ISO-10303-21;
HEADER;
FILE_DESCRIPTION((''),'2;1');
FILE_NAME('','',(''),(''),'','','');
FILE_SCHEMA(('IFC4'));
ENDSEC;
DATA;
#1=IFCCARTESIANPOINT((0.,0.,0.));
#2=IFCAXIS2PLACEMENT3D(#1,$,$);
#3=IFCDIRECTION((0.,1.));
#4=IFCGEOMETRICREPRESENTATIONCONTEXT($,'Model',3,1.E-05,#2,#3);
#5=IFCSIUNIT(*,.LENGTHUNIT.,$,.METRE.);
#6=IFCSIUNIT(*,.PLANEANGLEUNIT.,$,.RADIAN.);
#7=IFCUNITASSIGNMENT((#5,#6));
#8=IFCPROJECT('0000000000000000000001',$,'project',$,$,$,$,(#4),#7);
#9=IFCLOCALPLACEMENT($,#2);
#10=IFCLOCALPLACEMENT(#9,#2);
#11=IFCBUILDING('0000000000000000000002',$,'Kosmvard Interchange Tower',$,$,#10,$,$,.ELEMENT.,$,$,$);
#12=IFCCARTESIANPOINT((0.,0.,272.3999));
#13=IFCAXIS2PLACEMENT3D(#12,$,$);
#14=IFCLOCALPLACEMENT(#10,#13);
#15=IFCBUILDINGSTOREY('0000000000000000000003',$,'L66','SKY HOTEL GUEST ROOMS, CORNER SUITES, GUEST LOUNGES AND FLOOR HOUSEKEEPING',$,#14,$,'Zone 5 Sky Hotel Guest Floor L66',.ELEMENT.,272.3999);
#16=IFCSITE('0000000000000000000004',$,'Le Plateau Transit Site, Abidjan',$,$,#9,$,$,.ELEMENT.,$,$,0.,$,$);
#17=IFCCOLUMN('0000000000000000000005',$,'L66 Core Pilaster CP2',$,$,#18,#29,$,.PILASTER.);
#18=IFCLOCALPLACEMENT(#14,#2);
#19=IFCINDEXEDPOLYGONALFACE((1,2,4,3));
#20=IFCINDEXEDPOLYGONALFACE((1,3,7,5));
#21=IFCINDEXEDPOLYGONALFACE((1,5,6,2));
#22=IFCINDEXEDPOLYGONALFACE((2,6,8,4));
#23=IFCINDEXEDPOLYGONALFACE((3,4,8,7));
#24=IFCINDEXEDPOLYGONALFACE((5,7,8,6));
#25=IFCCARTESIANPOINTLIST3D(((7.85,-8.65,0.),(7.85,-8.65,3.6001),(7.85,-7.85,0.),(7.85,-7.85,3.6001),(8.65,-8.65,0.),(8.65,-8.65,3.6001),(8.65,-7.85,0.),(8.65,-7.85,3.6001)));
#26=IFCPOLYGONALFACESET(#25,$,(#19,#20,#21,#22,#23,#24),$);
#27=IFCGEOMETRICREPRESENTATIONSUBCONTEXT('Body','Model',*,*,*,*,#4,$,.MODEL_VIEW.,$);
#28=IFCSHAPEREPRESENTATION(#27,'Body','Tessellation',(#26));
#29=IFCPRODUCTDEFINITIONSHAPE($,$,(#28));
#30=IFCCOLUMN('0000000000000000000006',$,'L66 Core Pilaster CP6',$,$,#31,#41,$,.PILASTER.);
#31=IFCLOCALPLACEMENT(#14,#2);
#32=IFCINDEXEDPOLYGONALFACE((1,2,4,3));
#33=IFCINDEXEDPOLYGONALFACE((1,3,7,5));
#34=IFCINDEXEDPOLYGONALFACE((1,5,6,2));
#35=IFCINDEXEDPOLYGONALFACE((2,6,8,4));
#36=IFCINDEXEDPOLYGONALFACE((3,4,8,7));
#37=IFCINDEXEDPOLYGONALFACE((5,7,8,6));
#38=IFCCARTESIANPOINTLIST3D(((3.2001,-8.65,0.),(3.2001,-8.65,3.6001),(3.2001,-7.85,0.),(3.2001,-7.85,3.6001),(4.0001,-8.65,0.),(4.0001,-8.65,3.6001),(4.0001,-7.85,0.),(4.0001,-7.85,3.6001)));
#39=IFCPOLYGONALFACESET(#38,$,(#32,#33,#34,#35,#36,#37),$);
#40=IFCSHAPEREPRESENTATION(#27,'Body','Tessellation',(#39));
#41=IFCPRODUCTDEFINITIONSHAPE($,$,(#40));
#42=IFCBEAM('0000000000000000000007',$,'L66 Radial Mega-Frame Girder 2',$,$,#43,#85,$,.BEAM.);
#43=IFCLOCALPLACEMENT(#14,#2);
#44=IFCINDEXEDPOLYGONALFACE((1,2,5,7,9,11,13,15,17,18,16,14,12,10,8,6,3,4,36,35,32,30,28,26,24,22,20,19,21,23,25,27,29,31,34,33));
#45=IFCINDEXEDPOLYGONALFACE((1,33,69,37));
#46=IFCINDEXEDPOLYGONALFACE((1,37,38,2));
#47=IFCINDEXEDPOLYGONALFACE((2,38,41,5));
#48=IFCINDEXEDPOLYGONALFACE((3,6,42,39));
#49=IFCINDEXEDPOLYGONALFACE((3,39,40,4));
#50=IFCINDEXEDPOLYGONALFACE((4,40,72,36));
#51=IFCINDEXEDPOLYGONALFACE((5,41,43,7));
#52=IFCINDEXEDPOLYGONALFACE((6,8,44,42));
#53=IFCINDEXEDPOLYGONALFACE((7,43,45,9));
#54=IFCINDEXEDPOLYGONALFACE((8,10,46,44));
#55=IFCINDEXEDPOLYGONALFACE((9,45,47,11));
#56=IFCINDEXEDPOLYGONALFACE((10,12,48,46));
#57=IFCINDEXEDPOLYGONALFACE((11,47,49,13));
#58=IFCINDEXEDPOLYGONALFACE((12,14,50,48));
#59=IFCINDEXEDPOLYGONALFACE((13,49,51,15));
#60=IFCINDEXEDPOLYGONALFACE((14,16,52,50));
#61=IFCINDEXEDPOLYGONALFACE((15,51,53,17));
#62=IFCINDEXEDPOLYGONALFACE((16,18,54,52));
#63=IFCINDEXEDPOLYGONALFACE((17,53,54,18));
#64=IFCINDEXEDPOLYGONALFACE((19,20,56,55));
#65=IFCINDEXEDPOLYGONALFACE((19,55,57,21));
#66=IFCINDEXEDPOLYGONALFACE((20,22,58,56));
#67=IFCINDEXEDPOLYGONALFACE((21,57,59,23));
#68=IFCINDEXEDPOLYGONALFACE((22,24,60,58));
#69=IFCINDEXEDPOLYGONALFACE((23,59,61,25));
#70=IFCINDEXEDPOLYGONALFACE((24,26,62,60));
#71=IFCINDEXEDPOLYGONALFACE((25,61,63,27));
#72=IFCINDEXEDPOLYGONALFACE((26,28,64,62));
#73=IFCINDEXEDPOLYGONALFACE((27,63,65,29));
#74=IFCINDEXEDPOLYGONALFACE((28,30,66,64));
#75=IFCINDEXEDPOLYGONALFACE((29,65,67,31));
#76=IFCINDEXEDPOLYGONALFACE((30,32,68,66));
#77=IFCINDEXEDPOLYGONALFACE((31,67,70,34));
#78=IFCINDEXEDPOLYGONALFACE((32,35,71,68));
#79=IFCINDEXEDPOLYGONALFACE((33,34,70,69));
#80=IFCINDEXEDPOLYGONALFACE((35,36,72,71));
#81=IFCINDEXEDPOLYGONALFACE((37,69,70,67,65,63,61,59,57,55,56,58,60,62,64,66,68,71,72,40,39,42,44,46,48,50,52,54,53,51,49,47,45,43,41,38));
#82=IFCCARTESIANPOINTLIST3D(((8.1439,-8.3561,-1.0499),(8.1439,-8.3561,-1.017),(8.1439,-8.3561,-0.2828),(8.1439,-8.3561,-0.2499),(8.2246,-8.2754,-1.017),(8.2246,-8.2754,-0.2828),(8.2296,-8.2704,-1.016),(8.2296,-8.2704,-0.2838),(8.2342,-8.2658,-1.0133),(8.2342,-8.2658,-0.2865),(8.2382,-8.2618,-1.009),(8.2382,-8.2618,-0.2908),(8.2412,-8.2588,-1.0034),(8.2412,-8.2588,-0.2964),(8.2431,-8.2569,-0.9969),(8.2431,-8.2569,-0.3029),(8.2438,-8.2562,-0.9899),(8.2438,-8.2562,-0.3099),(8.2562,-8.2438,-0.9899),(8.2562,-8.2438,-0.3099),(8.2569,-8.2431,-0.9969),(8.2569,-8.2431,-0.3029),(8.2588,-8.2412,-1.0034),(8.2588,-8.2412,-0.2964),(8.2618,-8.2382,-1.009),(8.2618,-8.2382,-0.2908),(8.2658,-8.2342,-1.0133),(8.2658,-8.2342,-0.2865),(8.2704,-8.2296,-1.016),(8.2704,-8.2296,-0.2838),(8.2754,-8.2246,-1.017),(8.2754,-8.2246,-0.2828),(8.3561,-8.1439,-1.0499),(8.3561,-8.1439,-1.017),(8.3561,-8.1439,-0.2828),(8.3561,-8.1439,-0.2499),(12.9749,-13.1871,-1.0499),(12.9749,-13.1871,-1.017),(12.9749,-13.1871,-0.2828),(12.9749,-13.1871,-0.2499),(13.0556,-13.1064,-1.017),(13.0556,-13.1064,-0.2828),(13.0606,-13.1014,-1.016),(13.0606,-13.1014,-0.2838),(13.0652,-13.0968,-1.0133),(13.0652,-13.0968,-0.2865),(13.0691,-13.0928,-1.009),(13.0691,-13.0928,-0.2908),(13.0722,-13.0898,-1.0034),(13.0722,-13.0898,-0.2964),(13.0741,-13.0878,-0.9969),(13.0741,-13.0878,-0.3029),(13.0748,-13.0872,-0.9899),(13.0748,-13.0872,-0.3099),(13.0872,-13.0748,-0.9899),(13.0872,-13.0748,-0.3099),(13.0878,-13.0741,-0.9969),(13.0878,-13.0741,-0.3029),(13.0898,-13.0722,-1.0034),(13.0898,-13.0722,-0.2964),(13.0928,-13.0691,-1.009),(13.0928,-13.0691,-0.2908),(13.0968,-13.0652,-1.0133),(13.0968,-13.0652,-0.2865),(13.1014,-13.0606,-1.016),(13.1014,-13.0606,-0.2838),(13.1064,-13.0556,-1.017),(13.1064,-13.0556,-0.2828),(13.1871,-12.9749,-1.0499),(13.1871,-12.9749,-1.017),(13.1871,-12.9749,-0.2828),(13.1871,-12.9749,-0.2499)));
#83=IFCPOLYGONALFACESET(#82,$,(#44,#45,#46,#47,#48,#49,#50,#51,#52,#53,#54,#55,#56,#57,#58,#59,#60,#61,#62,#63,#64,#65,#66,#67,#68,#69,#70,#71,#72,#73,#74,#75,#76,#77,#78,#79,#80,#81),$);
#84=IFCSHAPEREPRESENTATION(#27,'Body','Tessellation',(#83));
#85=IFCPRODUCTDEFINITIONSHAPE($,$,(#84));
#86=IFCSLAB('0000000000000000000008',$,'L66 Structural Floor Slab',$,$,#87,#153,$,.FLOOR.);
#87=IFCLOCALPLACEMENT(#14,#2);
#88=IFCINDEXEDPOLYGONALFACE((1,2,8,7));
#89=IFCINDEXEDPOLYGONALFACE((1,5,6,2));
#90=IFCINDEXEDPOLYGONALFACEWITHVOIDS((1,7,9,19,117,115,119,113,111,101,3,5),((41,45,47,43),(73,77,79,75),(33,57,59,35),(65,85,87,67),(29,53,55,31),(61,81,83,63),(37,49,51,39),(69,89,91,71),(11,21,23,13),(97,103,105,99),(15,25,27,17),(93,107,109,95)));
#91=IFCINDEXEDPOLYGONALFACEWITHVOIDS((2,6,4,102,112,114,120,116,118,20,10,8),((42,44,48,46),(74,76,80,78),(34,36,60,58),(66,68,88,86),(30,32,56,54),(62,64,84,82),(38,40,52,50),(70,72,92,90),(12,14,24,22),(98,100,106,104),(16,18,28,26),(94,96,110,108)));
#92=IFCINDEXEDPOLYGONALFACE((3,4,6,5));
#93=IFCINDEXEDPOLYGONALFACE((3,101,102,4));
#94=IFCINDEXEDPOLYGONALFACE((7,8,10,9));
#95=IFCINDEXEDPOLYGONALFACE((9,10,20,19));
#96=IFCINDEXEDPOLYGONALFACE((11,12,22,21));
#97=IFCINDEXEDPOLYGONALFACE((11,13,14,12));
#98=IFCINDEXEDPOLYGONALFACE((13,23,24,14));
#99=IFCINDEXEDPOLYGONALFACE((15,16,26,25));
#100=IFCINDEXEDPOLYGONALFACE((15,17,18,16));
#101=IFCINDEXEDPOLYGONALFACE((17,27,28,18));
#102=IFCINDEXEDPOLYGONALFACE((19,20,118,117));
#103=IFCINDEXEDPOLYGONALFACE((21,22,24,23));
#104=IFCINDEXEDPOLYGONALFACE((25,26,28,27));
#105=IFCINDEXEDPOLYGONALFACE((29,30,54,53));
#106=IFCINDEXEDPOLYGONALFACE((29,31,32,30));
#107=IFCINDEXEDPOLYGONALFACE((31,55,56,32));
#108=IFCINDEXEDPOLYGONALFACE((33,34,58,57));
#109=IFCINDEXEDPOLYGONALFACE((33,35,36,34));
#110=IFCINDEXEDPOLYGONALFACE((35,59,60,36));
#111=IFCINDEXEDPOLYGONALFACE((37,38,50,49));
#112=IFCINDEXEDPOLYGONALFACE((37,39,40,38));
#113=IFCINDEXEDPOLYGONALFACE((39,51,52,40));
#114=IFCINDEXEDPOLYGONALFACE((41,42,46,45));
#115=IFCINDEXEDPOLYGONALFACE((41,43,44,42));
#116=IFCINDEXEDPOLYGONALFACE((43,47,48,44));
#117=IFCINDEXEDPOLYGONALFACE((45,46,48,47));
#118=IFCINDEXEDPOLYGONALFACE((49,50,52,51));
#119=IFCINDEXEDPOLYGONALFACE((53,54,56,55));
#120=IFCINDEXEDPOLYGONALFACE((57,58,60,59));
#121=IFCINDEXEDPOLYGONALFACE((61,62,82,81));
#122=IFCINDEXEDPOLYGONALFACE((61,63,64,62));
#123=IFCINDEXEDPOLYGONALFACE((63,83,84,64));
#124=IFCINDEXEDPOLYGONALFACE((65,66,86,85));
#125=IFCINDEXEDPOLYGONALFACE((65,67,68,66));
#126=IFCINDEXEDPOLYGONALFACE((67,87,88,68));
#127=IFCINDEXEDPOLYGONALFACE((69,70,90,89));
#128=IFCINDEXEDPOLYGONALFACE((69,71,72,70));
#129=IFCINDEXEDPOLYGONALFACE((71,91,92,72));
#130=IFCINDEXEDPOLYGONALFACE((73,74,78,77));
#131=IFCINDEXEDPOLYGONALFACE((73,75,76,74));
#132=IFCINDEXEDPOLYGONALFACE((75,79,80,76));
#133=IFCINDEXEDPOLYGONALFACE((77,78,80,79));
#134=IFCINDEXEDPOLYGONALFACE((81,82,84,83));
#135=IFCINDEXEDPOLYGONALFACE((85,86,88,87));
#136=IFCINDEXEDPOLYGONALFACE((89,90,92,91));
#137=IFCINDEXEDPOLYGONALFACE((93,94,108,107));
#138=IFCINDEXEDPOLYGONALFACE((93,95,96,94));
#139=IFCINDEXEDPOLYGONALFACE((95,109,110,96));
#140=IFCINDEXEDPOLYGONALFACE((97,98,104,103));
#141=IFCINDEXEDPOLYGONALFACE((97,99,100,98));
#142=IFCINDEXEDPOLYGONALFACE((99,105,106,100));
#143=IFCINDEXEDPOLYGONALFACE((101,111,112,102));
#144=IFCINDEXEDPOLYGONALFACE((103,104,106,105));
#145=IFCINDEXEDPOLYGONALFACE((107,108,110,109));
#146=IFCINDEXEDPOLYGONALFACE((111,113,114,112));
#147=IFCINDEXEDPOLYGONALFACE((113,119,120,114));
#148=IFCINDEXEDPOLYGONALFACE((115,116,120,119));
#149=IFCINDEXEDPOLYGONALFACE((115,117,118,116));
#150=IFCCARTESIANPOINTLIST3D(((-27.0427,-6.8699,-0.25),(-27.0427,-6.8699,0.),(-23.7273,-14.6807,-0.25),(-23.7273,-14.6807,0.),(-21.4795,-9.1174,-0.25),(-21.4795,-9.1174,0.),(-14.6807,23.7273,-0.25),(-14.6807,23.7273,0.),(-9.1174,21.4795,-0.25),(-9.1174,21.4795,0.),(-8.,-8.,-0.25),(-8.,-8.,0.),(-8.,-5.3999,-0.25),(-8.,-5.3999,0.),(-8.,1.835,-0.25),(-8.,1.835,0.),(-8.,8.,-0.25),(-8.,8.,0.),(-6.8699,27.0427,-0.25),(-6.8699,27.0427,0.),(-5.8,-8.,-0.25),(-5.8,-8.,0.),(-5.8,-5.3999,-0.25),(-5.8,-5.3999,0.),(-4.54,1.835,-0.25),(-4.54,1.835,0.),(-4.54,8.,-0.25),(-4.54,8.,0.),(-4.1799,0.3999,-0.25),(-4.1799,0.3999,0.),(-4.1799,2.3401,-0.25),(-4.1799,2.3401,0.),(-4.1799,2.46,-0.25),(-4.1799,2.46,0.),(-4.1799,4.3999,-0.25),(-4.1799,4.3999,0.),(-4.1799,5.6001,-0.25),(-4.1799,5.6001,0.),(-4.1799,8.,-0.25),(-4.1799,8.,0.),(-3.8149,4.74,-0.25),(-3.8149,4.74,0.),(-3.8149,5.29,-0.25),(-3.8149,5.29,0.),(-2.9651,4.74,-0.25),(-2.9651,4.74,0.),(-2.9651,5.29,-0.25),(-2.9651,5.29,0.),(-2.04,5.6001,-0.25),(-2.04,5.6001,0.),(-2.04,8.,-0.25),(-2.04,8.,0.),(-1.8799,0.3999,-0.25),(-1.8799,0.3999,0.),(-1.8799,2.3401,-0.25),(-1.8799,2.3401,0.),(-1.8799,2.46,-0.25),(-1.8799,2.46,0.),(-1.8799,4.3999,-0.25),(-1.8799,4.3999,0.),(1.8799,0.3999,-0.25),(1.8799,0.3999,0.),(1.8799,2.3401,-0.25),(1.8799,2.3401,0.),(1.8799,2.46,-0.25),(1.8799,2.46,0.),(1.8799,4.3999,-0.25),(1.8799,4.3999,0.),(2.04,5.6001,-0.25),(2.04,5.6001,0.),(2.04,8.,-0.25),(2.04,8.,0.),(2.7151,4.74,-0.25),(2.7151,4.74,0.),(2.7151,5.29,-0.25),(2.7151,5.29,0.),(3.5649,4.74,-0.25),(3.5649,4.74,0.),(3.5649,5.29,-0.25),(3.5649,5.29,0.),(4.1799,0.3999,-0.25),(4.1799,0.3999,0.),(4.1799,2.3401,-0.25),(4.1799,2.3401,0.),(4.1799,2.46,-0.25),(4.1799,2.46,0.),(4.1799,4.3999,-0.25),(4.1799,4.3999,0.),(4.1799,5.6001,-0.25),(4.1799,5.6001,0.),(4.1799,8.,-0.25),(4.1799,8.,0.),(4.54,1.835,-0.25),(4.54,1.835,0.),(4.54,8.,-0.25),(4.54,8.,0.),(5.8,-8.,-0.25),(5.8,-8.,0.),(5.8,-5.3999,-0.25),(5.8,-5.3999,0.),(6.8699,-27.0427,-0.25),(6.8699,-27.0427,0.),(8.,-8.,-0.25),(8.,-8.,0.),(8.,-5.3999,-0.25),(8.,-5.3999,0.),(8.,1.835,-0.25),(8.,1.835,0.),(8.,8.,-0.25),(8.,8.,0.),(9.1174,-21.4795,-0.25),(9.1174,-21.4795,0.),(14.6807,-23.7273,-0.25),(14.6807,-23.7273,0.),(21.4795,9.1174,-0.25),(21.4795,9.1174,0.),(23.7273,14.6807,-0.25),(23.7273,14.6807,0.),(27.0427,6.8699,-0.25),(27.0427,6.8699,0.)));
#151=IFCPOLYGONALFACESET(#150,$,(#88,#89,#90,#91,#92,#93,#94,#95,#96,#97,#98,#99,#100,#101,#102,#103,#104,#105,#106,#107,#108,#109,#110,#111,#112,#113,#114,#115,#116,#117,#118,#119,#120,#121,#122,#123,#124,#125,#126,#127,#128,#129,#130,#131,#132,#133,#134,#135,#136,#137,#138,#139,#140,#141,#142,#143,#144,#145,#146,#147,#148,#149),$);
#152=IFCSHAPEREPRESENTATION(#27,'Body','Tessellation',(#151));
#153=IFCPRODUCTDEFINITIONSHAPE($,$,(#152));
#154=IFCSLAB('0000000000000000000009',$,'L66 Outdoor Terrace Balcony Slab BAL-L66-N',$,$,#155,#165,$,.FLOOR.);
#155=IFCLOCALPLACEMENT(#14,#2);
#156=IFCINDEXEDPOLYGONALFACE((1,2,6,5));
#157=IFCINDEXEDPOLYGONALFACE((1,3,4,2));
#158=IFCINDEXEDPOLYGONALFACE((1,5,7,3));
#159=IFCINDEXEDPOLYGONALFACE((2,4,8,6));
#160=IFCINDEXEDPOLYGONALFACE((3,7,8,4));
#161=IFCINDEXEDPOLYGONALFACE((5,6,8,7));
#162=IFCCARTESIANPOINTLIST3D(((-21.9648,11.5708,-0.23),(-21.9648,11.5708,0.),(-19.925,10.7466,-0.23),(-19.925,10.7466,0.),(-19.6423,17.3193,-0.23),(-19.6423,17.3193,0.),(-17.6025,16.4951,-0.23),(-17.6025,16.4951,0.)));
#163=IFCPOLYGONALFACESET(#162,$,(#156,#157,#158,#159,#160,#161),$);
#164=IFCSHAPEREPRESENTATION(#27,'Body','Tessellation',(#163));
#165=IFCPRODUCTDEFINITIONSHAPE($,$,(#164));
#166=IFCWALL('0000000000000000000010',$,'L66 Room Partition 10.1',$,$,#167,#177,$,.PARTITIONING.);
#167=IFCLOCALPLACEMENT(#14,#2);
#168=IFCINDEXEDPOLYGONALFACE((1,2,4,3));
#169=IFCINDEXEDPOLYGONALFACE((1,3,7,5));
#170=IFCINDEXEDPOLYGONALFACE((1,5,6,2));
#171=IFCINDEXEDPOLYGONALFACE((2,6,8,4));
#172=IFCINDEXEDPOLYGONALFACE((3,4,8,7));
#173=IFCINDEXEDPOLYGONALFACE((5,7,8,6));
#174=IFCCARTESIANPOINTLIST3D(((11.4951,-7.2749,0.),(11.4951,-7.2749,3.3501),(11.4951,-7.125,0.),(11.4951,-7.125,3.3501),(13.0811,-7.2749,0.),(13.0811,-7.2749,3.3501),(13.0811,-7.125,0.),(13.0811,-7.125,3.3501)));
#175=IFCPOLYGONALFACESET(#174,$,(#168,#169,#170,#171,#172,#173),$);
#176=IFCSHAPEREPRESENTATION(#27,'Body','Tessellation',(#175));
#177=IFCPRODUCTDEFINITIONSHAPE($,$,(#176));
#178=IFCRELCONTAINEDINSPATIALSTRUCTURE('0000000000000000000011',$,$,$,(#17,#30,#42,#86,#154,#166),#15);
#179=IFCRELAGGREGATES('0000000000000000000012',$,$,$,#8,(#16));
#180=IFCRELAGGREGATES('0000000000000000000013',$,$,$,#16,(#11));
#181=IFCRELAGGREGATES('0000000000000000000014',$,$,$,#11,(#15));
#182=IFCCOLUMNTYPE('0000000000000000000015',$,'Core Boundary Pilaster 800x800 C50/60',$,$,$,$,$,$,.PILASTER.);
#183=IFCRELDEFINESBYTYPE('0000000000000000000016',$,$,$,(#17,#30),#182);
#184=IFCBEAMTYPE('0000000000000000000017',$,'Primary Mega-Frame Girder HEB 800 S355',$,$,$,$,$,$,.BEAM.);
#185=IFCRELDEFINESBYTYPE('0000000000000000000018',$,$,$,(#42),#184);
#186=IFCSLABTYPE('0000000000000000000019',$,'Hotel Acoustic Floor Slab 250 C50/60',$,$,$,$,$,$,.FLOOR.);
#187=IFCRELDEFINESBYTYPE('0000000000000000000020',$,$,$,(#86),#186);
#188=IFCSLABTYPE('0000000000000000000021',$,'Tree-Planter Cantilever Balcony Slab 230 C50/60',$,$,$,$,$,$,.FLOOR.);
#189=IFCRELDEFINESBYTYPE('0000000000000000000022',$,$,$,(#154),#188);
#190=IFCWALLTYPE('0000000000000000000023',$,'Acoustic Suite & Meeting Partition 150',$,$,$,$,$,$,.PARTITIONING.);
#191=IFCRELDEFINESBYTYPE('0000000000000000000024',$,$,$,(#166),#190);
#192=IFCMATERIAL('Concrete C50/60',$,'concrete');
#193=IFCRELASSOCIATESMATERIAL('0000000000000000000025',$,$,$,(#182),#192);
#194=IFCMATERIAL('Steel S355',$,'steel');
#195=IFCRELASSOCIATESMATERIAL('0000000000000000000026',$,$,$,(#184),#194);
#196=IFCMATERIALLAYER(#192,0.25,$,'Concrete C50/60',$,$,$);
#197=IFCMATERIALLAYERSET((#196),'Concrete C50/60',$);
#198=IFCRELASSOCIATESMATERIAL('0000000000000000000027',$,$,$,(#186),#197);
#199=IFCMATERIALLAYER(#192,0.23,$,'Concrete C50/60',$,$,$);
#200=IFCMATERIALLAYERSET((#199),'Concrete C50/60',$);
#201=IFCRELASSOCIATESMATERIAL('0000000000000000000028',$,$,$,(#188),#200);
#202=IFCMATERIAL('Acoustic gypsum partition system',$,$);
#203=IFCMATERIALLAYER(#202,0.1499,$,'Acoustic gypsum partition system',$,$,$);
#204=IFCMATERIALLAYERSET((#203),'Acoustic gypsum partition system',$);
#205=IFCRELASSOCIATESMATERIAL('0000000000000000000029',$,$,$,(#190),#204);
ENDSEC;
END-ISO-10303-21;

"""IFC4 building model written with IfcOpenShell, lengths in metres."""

from ifc_helpers import new_model, si_unit, direction, frame, frame_2d, origin, origin_2d, place, context, subcontext, project, spatial, polyline, rectangle, i_section, outline, extrude, source, transform, mapped, material, layer, layer_set, material_profile, profile_set, type_object, element, save


model = new_model("IFC4")

# Units and contexts
model_context = context("Model", 3, precision=1e-05, world=origin(), true_north=direction((0.0, 1.0)))
body_context = subcontext(model_context, "Body", "Model", "MODEL_VIEW")
ifc_project = project(units=[si_unit("LENGTHUNIT", "METRE"), si_unit("PLANEANGLEUNIT", "RADIAN")], contexts=[model_context])

# Site, building, storey
site_placement = place(None, origin())
site = spatial("IfcSite", under=ifc_project, at=site_placement, Name="Le Plateau Transit Site, Abidjan", CompositionType="ELEMENT", RefElevation=0.0)
building_placement = place(site_placement, origin())
building = spatial("IfcBuilding", under=site, at=building_placement, Name="Kosmvard Interchange Tower", CompositionType="ELEMENT")
storey_placement = place(building_placement, frame((0.0, 0.0, 272.3999)))
storey = spatial("IfcBuildingStorey", under=building, at=storey_placement, Name="L66", Description="SKY HOTEL GUEST ROOMS, CORNER SUITES, GUEST LOUNGES AND FLOOR HOUSEKEEPING", LongName="Zone 5 Sky Hotel Guest Floor L66", CompositionType="ELEMENT", Elevation=272.3999)

# Columns
ifc_material_1 = material(Name="Concrete C50/60", Category="concrete")
ifc_material_profile_1 = material_profile(ifc_material_1, rectangle(XDim=0.8, YDim=0.8, at=origin_2d()), Name="CP 800x800")
ifc_profile_set_1 = profile_set([ifc_material_profile_1], Name="Concrete C50/60")
column_type = type_object("IfcColumnType", Name="Core Boundary Pilaster 800x800 C50/60", PredefinedType="PILASTER", material=ifc_profile_set_1)
shared_shape_1 = source(origin(), body_context, "Body", "SweptSolid", [
    extrude(rectangle(XDim=0.8, YDim=0.8, at=origin_2d()), origin(), (0.0, 0.0, 1.0), 3.6001),
])
for number, where, z_axis, x_axis, name in (
    (1, (8.25, -8.25, 0.0), (0.0, 0.0, 1.0), (1.0, 0.0, 0.0), "L66 Core Pilaster CP2"),
    (2, (3.6001, -8.25, 0.0), (0.0, 0.0, 1.0), (1.0, 0.0, 0.0), "L66 Core Pilaster CP6"),
):
    element("IfcColumn", number, at=place(storey_placement, frame(where, z_axis=z_axis, x_axis=x_axis)), inside=storey, type_object=column_type, Name=name, PredefinedType="PILASTER", context=body_context, shape_type="MappedRepresentation", body=[
        mapped(shared_shape_1, transform((0.0, 0.0, 0.0), scale=1.0)),
    ])

# Beam
ifc_material_2 = material(Name="Steel S355", Category="steel")
ifc_material_profile_2 = material_profile(ifc_material_2, i_section(OverallWidth=0.3, OverallDepth=0.8, WebThickness=0.0176, FlangeThickness=0.033, FilletRadius=0.0271, at=origin_2d()), Name="HEB 800")
ifc_profile_set_2 = profile_set([ifc_material_profile_2], Name="Steel S355")
beam_type = type_object("IfcBeamType", Name="Primary Mega-Frame Girder HEB 800 S355", PredefinedType="BEAM", material=ifc_profile_set_2)
shared_shape_2 = source(origin(), body_context, "Body", "SweptSolid", [
    extrude(i_section(OverallWidth=0.3, OverallDepth=0.8, WebThickness=0.0176, FlangeThickness=0.033, FilletRadius=0.0271, at=origin_2d()), origin(), (0.0, 0.0, 1.0), 6.832),
])
beam_placement = place(storey_placement, frame((8.25, -8.25, -0.6499), z_axis=(0.707107, -0.707107, 0.0), x_axis=(0.707107, 0.707107, 0.0)))
element("IfcBeam", 3, at=beam_placement, inside=storey, type_object=beam_type, Name="L66 Radial Mega-Frame Girder 2", PredefinedType="BEAM", context=body_context, shape_type="MappedRepresentation", body=[
    mapped(shared_shape_2, transform((0.0, 0.0, 0.0), scale=1.0)),
])

# Slabs
ifc_layer_1 = layer(ifc_material_1, 0.25, Name="Concrete C50/60")
ifc_layer_set_1 = layer_set([ifc_layer_1], Name="Concrete C50/60")
slab_type_1 = type_object("IfcSlabType", Name="Hotel Acoustic Floor Slab 250 C50/60", PredefinedType="FLOOR", material=ifc_layer_set_1)
slab_1_placement = place(storey_placement, frame((0.0, 0.0, -0.25)))
element("IfcSlab", 4, at=slab_1_placement, inside=storey, type_object=slab_type_1, Name="L66 Structural Floor Slab", PredefinedType="FLOOR", context=body_context, shape_type="SweptSolid", body=[
    extrude(outline(polyline([(14.6807, -23.7273), (27.0427, 6.8699), (21.4795, 9.1174), (23.7273, 14.6807), (-6.8699, 27.0427), (-9.1174, 21.4795), (-14.6807, 23.7273), (-27.0427, -6.8699), (-21.4795, -9.1174), (-23.7273, -14.6807), (6.8699, -27.0427), (9.1174, -21.4795), (14.6807, -23.7273)]), holes=[polyline([(-8.0, 1.835), (-4.54, 1.835), (-4.54, 8.0), (-8.0, 8.0), (-8.0, 1.835)]), polyline([(4.54, 1.835), (8.0, 1.835), (8.0, 8.0), (4.54, 8.0), (4.54, 1.835)]), polyline([(-8.0, -8.0), (-5.8, -8.0), (-5.8, -5.3999), (-8.0, -5.3999), (-8.0, -8.0)]), polyline([(5.8, -8.0), (8.0, -8.0), (8.0, -5.3999), (5.8, -5.3999), (5.8, -8.0)]), polyline([(-4.1799, 0.3999), (-1.8799, 0.3999), (-1.8799, 2.3401), (-4.1799, 2.3401), (-4.1799, 0.3999)]), polyline([(-4.1799, 2.46), (-1.8799, 2.46), (-1.8799, 4.3999), (-4.1799, 4.3999), (-4.1799, 2.46)]), polyline([(1.8799, 0.3999), (4.1799, 0.3999), (4.1799, 2.3401), (1.8799, 2.3401), (1.8799, 0.3999)]), polyline([(1.8799, 2.46), (4.1799, 2.46), (4.1799, 4.3999), (1.8799, 4.3999), (1.8799, 2.46)]), polyline([(-4.1799, 5.6001), (-2.04, 5.6001), (-2.04, 8.0), (-4.1799, 8.0), (-4.1799, 5.6001)]), polyline([(2.04, 5.6001), (4.1799, 5.6001), (4.1799, 8.0), (2.04, 8.0), (2.04, 5.6001)]), polyline([(-3.8149, 4.74), (-2.9651, 4.74), (-2.9651, 5.29), (-3.8149, 5.29), (-3.8149, 4.74)]), polyline([(2.7151, 4.74), (3.5649, 4.74), (3.5649, 5.29), (2.7151, 5.29), (2.7151, 4.74)])]), origin(), (0.0, 0.0, 1.0), 0.25),
])
ifc_layer_2 = layer(ifc_material_1, 0.23, Name="Concrete C50/60")
ifc_layer_set_2 = layer_set([ifc_layer_2], Name="Concrete C50/60")
slab_type_2 = type_object("IfcSlabType", Name="Tree-Planter Cantilever Balcony Slab 230 C50/60", PredefinedType="FLOOR", material=ifc_layer_set_2)
slab_2_placement = place(storey_placement, frame((0.0, 0.0, -0.23)))
element("IfcSlab", 5, at=slab_2_placement, inside=storey, type_object=slab_type_2, Name="L66 Outdoor Terrace Balcony Slab BAL-L66-N", PredefinedType="FLOOR", context=body_context, shape_type="SweptSolid", body=[
    extrude(outline(polyline([(-19.925, 10.7466), (-17.6025, 16.4951), (-19.6423, 17.3193), (-21.9648, 11.5708), (-19.925, 10.7466)])), origin(), (0.0, 0.0, 1.0), 0.23),
])

# Wall
ifc_material_3 = material(Name="Acoustic gypsum partition system")
ifc_layer_3 = layer(ifc_material_3, 0.1499, Name="Acoustic gypsum partition system")
ifc_layer_set_3 = layer_set([ifc_layer_3], Name="Acoustic gypsum partition system")
wall_type_1 = type_object("IfcWallType", Name="Acoustic Suite & Meeting Partition 150", PredefinedType="PARTITIONING", material=ifc_layer_set_3)
wall_1_placement = place(storey_placement, frame((11.4951, -7.2, 0.0), z_axis=(0.0, 0.0, 1.0), x_axis=(1.0, 0.0, 0.0)))
element("IfcWall", 6, at=wall_1_placement, inside=storey, type_object=wall_type_1, Name="L66 Room Partition 10.1", PredefinedType="PARTITIONING", context=body_context, shape_type="SweptSolid", body=[
    extrude(rectangle(XDim=1.5859, YDim=0.1499, at=frame_2d((0.793, 0.0))), origin(), (0.0, 0.0, 1.0), 3.3501),
])

save(model, "model.ifc")
